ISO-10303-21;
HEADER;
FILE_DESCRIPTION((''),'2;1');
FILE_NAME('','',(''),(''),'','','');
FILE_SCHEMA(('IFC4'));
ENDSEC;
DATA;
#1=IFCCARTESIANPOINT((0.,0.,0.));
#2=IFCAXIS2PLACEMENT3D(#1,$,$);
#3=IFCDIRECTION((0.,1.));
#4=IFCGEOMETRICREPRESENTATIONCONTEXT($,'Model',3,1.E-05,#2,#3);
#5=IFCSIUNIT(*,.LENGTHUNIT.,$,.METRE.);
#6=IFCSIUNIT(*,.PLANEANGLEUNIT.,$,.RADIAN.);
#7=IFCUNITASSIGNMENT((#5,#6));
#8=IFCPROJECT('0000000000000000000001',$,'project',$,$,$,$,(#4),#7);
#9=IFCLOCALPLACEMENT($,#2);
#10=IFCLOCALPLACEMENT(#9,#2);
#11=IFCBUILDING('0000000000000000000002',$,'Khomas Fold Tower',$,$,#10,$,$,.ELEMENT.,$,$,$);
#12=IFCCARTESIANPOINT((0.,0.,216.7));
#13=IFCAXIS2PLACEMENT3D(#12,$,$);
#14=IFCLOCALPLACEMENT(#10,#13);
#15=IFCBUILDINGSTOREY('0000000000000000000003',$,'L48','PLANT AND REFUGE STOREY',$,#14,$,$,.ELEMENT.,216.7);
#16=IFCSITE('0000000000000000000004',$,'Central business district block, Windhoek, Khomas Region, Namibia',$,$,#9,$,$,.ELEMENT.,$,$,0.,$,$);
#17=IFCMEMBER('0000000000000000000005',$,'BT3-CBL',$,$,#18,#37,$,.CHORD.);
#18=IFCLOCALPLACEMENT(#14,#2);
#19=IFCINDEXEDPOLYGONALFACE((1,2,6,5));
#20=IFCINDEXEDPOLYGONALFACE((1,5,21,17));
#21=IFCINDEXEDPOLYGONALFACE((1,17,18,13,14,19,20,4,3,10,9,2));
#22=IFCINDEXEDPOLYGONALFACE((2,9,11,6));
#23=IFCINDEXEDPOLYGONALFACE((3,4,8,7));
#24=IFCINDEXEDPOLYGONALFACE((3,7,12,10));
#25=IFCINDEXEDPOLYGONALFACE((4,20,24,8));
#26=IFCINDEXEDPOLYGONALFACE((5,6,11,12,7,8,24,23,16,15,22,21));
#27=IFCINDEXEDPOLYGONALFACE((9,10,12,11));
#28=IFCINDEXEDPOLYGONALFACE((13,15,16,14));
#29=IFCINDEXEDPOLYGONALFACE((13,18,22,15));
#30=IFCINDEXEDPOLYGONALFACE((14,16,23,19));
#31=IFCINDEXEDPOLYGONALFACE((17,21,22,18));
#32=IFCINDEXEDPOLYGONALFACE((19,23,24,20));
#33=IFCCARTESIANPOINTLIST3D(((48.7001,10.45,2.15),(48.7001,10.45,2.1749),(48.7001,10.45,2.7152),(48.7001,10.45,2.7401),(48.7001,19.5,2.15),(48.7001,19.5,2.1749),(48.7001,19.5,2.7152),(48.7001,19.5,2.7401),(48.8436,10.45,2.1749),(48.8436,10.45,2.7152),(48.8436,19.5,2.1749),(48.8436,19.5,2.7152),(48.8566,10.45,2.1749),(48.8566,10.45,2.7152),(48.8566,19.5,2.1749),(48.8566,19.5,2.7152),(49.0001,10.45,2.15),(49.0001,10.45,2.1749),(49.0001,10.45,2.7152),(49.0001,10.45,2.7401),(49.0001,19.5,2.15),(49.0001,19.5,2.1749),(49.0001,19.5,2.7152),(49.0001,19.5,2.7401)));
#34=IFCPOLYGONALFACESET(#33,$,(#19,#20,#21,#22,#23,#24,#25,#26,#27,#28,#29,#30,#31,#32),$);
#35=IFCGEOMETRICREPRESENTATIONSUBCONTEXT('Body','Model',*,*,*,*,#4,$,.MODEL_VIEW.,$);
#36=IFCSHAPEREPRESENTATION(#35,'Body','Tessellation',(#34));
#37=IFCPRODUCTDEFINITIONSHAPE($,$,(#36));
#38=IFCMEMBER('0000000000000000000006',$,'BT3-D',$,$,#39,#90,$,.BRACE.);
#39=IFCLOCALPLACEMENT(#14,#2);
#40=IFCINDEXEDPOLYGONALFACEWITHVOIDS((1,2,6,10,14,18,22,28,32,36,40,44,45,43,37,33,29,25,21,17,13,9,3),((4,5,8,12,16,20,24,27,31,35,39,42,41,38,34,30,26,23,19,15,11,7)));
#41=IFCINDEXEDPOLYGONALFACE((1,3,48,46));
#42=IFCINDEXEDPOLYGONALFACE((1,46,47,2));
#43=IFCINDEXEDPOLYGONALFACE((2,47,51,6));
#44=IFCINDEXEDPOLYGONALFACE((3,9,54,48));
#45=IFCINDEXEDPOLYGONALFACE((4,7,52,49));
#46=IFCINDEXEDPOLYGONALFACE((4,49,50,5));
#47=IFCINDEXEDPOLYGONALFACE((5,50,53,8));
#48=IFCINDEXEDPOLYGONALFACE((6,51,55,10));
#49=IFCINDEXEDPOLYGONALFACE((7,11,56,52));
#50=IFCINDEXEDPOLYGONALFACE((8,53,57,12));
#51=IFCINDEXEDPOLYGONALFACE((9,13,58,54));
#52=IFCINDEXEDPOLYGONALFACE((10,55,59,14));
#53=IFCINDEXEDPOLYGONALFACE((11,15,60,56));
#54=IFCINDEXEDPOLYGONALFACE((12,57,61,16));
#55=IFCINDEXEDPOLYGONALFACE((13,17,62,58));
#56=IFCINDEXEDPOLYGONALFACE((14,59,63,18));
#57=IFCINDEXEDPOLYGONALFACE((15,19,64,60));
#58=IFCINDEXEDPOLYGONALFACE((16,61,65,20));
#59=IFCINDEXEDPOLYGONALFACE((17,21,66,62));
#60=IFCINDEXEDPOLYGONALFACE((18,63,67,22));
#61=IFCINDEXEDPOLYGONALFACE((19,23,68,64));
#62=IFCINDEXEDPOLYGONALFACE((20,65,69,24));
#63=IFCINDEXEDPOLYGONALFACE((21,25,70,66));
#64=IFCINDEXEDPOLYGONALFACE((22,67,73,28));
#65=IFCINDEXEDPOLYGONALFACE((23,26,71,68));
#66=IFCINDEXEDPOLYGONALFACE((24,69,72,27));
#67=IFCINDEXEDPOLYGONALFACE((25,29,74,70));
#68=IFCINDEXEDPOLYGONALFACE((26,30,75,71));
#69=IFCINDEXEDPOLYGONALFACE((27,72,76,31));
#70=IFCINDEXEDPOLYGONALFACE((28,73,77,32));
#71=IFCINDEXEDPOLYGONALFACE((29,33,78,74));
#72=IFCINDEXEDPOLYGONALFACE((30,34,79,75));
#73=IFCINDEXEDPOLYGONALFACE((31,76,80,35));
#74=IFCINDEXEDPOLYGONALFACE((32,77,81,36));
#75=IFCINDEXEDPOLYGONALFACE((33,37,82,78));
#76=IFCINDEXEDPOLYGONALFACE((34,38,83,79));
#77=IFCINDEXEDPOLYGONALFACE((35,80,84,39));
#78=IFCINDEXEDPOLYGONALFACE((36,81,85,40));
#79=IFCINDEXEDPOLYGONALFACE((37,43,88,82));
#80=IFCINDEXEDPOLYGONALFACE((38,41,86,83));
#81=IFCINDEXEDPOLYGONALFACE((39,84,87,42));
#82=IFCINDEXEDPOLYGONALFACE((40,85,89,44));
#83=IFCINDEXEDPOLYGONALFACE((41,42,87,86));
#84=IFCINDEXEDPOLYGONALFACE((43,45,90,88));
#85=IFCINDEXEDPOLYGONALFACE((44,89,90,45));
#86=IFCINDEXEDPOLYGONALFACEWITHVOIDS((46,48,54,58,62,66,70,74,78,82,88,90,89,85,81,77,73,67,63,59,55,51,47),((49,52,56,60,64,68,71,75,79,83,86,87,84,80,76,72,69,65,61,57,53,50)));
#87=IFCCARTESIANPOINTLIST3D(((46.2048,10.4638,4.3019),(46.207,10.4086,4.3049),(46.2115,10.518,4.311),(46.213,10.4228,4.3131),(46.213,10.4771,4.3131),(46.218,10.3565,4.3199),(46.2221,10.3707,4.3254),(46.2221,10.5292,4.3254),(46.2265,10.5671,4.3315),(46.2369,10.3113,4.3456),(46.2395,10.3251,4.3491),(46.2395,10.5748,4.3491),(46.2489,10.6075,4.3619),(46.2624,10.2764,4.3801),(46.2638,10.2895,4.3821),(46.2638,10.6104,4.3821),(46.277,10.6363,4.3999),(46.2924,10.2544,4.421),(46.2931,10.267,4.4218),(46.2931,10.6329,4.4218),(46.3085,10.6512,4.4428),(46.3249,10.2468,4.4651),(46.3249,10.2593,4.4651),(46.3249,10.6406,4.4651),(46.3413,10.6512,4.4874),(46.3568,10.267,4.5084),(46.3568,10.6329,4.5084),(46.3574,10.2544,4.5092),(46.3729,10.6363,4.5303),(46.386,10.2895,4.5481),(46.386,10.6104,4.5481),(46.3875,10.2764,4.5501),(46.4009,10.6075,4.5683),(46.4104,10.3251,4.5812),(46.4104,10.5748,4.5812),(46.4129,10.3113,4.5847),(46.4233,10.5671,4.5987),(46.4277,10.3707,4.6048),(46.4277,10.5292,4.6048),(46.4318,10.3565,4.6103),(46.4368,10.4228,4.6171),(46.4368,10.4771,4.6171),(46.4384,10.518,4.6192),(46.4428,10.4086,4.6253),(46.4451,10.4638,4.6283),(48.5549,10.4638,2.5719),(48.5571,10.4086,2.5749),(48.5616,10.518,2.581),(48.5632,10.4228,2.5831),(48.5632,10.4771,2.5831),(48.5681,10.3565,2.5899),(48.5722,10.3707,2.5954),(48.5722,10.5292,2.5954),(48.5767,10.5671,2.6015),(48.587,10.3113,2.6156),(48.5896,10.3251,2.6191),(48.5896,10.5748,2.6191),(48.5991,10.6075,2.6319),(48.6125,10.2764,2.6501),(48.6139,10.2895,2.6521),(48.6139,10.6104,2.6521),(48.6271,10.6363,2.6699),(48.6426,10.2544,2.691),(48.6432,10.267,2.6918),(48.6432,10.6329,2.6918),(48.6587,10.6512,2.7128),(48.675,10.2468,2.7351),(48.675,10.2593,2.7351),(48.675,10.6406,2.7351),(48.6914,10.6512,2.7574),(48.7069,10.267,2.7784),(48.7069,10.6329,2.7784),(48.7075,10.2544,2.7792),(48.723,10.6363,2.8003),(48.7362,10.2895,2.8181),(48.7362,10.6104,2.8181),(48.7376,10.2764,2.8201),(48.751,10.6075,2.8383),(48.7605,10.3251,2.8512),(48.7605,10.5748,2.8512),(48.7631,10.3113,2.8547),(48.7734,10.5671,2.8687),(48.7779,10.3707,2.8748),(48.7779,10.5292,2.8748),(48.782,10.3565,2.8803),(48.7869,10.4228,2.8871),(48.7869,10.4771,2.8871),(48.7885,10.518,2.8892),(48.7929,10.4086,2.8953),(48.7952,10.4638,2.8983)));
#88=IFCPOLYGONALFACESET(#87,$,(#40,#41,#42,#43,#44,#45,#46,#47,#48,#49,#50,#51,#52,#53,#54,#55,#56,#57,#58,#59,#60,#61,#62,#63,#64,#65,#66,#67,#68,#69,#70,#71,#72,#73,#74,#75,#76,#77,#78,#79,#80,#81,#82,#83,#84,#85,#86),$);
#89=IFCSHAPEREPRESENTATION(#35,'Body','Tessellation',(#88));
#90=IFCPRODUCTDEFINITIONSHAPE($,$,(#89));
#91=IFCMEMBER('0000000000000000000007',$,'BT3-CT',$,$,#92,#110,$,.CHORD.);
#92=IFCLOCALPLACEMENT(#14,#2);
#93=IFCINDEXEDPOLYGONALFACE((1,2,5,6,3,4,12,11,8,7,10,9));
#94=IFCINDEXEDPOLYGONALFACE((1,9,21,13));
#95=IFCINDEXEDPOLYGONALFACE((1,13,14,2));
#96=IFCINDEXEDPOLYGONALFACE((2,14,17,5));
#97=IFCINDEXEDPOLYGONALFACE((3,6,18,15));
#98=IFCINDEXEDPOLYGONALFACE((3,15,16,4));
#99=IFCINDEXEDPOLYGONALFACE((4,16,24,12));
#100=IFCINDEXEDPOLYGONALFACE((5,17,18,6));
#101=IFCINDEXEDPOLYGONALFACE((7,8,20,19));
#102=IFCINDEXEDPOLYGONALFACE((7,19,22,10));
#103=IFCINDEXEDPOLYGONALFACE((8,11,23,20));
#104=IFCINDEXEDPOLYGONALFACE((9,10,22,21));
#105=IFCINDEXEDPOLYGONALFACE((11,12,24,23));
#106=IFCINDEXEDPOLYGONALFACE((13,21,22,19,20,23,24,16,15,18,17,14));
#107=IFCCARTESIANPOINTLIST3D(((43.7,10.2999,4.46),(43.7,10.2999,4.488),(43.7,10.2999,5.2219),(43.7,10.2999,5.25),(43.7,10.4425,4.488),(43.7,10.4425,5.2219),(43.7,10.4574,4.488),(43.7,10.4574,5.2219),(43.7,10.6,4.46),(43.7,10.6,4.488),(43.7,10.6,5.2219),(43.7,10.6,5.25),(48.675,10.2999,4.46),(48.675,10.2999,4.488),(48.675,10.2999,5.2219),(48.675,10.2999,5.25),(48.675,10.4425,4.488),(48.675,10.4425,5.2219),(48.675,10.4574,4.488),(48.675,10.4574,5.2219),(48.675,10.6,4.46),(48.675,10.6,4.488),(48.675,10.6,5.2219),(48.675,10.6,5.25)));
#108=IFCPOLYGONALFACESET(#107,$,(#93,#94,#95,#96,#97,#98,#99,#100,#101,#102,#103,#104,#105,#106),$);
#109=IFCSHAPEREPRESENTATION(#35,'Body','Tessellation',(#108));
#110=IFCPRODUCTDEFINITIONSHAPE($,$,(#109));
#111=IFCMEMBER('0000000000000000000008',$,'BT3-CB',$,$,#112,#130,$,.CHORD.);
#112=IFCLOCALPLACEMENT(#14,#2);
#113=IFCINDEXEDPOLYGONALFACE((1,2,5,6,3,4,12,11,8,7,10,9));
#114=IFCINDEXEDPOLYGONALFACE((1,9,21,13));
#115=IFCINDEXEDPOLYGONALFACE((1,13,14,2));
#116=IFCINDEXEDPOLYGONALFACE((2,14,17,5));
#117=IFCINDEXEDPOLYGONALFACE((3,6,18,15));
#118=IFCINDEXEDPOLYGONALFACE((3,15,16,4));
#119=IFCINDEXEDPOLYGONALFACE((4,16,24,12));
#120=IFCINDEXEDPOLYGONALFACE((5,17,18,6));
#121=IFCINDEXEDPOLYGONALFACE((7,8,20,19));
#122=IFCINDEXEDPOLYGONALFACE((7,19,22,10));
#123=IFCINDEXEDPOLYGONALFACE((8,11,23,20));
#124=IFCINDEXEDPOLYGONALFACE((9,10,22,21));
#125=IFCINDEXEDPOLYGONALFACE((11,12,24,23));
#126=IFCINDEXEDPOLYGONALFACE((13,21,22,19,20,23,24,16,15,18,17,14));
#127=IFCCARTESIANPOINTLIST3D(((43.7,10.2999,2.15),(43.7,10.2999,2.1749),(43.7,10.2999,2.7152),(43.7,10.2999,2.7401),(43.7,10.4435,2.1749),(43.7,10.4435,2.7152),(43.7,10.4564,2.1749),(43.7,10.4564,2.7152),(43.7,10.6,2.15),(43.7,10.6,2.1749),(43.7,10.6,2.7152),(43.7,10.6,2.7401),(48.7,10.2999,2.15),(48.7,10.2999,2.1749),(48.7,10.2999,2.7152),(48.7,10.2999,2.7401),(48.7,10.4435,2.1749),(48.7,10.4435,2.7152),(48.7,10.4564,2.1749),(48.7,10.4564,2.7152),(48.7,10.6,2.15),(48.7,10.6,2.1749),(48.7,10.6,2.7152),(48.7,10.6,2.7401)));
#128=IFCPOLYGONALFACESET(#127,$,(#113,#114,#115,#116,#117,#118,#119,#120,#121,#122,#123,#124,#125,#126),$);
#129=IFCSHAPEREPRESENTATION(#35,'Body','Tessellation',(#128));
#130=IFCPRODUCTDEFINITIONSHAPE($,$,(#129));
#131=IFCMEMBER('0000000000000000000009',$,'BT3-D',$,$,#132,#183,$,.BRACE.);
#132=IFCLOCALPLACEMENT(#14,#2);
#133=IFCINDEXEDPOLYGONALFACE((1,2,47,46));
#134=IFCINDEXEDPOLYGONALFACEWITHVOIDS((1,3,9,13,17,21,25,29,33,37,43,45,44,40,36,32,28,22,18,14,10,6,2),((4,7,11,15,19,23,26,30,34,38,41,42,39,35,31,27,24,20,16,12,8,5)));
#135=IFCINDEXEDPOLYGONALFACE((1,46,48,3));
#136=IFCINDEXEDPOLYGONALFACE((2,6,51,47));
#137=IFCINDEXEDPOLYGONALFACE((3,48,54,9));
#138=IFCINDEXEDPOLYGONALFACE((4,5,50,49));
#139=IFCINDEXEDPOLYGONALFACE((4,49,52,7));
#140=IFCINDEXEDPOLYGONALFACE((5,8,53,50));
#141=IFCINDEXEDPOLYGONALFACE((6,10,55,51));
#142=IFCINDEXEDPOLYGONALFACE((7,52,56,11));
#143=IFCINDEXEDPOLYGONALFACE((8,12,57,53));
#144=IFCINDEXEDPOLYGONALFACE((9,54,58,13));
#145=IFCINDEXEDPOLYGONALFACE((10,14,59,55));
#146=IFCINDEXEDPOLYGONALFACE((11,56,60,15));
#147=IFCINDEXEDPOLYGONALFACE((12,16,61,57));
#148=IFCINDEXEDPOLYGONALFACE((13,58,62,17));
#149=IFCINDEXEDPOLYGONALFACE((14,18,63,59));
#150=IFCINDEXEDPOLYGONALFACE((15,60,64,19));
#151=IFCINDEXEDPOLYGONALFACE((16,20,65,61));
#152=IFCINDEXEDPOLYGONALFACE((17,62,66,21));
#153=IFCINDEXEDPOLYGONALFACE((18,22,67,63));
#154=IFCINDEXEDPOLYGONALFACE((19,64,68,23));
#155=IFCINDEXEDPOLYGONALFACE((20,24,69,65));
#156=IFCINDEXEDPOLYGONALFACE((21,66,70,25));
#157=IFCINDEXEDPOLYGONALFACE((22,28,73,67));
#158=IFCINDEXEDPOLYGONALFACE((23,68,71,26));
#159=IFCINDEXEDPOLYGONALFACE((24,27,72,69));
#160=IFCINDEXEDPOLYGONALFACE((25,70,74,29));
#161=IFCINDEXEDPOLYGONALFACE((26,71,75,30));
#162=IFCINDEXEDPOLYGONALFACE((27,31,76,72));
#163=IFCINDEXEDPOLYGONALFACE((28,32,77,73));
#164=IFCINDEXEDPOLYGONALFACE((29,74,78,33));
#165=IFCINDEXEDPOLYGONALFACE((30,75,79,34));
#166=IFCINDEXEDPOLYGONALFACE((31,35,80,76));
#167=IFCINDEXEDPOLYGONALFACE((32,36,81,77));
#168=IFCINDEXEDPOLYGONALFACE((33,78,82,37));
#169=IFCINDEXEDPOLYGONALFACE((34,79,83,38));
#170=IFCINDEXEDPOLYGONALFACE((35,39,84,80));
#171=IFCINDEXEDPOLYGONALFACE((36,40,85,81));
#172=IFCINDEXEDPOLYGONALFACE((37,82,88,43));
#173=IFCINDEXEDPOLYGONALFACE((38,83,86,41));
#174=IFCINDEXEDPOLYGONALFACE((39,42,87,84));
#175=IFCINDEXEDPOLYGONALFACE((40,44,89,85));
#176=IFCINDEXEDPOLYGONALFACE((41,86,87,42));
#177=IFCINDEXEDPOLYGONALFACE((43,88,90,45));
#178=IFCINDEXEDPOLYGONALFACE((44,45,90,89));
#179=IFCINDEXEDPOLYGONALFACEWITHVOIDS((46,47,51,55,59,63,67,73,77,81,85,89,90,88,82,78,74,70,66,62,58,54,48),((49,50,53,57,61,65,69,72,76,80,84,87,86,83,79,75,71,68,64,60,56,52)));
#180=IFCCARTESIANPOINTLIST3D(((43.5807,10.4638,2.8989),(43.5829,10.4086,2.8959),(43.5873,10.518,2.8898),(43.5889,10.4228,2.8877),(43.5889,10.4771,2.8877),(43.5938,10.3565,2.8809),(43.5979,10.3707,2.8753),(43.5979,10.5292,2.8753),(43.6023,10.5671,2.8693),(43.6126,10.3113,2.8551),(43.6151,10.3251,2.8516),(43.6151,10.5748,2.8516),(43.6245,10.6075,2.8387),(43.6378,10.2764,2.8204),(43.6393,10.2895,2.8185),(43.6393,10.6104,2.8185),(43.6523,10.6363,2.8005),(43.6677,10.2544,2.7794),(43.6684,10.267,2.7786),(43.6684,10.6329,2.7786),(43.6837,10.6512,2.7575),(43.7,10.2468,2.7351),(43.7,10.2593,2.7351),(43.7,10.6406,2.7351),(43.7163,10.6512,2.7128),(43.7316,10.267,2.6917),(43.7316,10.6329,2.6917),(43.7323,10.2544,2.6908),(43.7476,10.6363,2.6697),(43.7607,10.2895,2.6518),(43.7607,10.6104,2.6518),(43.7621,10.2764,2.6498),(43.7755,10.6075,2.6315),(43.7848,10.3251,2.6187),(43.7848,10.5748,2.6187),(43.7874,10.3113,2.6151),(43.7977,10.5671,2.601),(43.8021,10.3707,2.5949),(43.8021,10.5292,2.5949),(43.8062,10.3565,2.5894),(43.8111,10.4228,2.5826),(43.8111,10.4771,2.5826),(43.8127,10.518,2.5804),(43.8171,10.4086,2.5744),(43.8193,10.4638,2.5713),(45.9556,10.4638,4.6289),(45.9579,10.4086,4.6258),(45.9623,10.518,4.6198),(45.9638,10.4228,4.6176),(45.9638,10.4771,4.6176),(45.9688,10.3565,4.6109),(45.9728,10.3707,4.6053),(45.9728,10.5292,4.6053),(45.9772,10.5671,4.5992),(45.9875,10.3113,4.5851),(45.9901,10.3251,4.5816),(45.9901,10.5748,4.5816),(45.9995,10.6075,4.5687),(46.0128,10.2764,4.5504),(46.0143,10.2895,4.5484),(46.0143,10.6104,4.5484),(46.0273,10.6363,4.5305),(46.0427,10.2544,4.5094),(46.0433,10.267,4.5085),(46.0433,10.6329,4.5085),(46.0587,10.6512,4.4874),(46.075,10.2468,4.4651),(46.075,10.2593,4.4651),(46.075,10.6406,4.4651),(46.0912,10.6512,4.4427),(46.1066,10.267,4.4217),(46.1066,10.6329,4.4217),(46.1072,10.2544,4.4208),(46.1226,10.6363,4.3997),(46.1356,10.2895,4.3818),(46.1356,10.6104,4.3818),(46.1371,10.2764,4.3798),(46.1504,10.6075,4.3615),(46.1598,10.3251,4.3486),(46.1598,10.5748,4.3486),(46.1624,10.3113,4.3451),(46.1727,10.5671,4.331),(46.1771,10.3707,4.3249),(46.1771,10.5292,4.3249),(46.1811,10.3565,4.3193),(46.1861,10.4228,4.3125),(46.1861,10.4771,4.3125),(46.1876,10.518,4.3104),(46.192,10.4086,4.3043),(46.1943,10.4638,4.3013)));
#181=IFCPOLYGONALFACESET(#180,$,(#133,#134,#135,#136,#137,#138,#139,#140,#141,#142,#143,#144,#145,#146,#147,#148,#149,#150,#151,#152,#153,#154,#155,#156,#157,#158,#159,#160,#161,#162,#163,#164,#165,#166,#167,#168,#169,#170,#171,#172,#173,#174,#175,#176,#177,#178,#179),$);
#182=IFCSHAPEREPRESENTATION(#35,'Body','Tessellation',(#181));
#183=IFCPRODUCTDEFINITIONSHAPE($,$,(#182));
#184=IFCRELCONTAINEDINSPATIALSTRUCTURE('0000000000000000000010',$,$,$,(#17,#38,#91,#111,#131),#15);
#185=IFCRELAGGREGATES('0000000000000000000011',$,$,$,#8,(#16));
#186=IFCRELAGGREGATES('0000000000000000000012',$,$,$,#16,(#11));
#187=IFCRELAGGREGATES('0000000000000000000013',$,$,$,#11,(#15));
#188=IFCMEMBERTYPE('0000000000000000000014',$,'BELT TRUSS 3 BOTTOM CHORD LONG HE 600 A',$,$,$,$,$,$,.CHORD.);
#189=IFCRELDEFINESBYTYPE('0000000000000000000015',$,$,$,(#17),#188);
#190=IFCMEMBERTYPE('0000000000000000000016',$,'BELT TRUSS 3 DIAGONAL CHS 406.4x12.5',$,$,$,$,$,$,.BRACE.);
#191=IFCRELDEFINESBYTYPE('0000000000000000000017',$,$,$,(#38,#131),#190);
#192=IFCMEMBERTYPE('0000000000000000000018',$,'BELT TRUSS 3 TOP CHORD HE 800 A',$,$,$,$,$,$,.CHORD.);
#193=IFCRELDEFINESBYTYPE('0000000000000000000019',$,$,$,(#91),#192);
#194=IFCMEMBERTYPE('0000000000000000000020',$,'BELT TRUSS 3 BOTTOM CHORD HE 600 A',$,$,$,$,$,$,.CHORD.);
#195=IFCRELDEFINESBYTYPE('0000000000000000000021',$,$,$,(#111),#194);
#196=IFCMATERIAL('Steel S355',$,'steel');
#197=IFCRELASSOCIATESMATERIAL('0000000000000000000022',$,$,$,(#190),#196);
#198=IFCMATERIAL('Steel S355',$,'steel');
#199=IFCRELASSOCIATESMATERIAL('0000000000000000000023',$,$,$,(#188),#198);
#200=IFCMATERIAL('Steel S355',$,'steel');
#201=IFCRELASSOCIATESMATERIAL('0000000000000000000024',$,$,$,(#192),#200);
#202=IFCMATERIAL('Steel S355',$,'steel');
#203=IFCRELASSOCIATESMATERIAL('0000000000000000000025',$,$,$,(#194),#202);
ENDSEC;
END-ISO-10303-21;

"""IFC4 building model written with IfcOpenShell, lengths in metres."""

from ifc_helpers import new_model, si_unit, direction, frame, origin, origin_2d, place, context, subcontext, project, spatial, hollow_circle, i_section, extrude, source, transform, mapped, material, material_profile, profile_set, type_object, element, save


model = new_model("IFC4")

# Units and contexts
model_context = context("Model", 3, precision=1e-05, world=origin(), true_north=direction((0.0, 1.0)))
body_context = subcontext(model_context, "Body", "Model", "MODEL_VIEW")
ifc_project = project(units=[si_unit("LENGTHUNIT", "METRE"), si_unit("PLANEANGLEUNIT", "RADIAN")], contexts=[model_context])

# Site, building, storey
site_placement = place(None, origin())
site = spatial("IfcSite", under=ifc_project, at=site_placement, Name="Central business district block, Windhoek, Khomas Region, Namibia", CompositionType="ELEMENT", RefElevation=0.0)
building_placement = place(site_placement, origin())
building = spatial("IfcBuilding", under=site, at=building_placement, Name="Khomas Fold Tower", CompositionType="ELEMENT")
storey_placement = place(building_placement, frame((0.0, 0.0, 216.7)))
storey = spatial("IfcBuildingStorey", under=building, at=storey_placement, Name="L48", Description="PLANT AND REFUGE STOREY", CompositionType="ELEMENT", Elevation=216.7)

# Members
ifc_material_1 = material(Name="Steel S355", Category="steel")
ifc_material_profile_1 = material_profile(ifc_material_1, hollow_circle(Radius=0.2031, WallThickness=0.0125, at=origin_2d()), Name="CHS 406.4x12.5")
ifc_profile_set_1 = profile_set([ifc_material_profile_1], Name="Steel S355")
member_type_1 = type_object("IfcMemberType", Name="BELT TRUSS 3 DIAGONAL CHS 406.4x12.5", PredefinedType="BRACE", material=ifc_profile_set_1)
ifc_material_2 = material(Name="Steel S355", Category="steel")
ifc_material_profile_2 = material_profile(ifc_material_2, i_section(OverallWidth=0.3, OverallDepth=0.5901, WebThickness=0.0129, FlangeThickness=0.0249, at=origin_2d()), Name="HE 600 A")
ifc_profile_set_2 = profile_set([ifc_material_profile_2], Name="Steel S355")
member_type_2 = type_object("IfcMemberType", Name="BELT TRUSS 3 BOTTOM CHORD LONG HE 600 A", PredefinedType="CHORD", material=ifc_profile_set_2)
shared_shape_1 = source(origin(), body_context, "Body", "SweptSolid", [
    extrude(i_section(OverallWidth=0.3, OverallDepth=0.5901, WebThickness=0.0129, FlangeThickness=0.0249, at=origin_2d()), origin(), (0.0, 0.0, 1.0), 9.05),
])
member_1_placement = place(storey_placement, frame((48.8501, 10.45, 2.4451), z_axis=(0.0, 1.0, 0.0), x_axis=(-1.0, 0.0, 0.0)))
element("IfcMember", 1, at=member_1_placement, inside=storey, type_object=member_type_2, Name="BT3-CBL", PredefinedType="CHORD", context=body_context, shape_type="MappedRepresentation", body=[
    mapped(shared_shape_1, transform((0.0, 0.0, 0.0))),
])
shared_shape_2 = source(origin(), body_context, "Body", "SweptSolid", [
    extrude(hollow_circle(Radius=0.2031, WallThickness=0.0125, at=origin_2d()), origin(), (0.0, 0.0, 1.0), 2.9182),
])
member_2_placement = place(storey_placement, frame((48.675, 10.45, 2.7351), z_axis=(-0.805329, 0.0, 0.592828), x_axis=(0.0, -1.0, 0.0)))
element("IfcMember", 2, at=member_2_placement, inside=storey, type_object=member_type_1, Name="BT3-D", PredefinedType="BRACE", context=body_context, shape_type="MappedRepresentation", body=[
    mapped(shared_shape_2, transform((0.0, 0.0, 0.0))),
])
ifc_material_3 = material(Name="Steel S355", Category="steel")
ifc_material_profile_3 = material_profile(ifc_material_3, i_section(OverallWidth=0.3, OverallDepth=0.79, WebThickness=0.0149, FlangeThickness=0.0281, at=origin_2d()), Name="HE 800 A")
ifc_profile_set_3 = profile_set([ifc_material_profile_3], Name="Steel S355")
member_type_3 = type_object("IfcMemberType", Name="BELT TRUSS 3 TOP CHORD HE 800 A", PredefinedType="CHORD", material=ifc_profile_set_3)
shared_shape_3 = source(origin(), body_context, "Body", "SweptSolid", [
    extrude(i_section(OverallWidth=0.3, OverallDepth=0.79, WebThickness=0.0149, FlangeThickness=0.0281, at=origin_2d()), origin(), (0.0, 0.0, 1.0), 4.9751),
])
member_3_placement = place(storey_placement, frame((48.675, 10.45, 4.855), z_axis=(-1.0, 0.0, 0.0), x_axis=(0.0, -1.0, 0.0)))
element("IfcMember", 3, at=member_3_placement, inside=storey, type_object=member_type_3, Name="BT3-CT", PredefinedType="CHORD", context=body_context, shape_type="MappedRepresentation", body=[
    mapped(shared_shape_3, transform((0.0, 0.0, 0.0))),
])
ifc_material_4 = material(Name="Steel S355", Category="steel")
ifc_material_profile_4 = material_profile(ifc_material_4, i_section(OverallWidth=0.3, OverallDepth=0.5901, WebThickness=0.0129, FlangeThickness=0.0249, at=origin_2d()), Name="HE 600 A")
ifc_profile_set_4 = profile_set([ifc_material_profile_4], Name="Steel S355")
member_type_4 = type_object("IfcMemberType", Name="BELT TRUSS 3 BOTTOM CHORD HE 600 A", PredefinedType="CHORD", material=ifc_profile_set_4)
shared_shape_4 = source(origin(), body_context, "Body", "SweptSolid", [
    extrude(i_section(OverallWidth=0.3, OverallDepth=0.5901, WebThickness=0.0129, FlangeThickness=0.0249, at=origin_2d()), origin(), (0.0, 0.0, 1.0), 5.0),
])
member_4_placement = place(storey_placement, frame((48.7, 10.45, 2.4451), z_axis=(-1.0, 0.0, 0.0), x_axis=(0.0, -1.0, 0.0)))
element("IfcMember", 4, at=member_4_placement, inside=storey, type_object=member_type_4, Name="BT3-CB", PredefinedType="CHORD", context=body_context, shape_type="MappedRepresentation", body=[
    mapped(shared_shape_4, transform((0.0, 0.0, 0.0))),
])
shared_shape_5 = source(origin(), body_context, "Body", "SweptSolid", [
    extrude(hollow_circle(Radius=0.2031, WallThickness=0.0125, at=origin_2d()), origin(), (0.0, 0.0, 1.0), 2.9382),
])
member_5_placement = place(storey_placement, frame((46.075, 10.45, 4.4651), z_axis=(-0.808298, 0.0, -0.588774), x_axis=(0.0, -1.0, 0.0)))
element("IfcMember", 5, at=member_5_placement, inside=storey, type_object=member_type_1, Name="BT3-D", PredefinedType="BRACE", context=body_context, shape_type="MappedRepresentation", body=[
    mapped(shared_shape_5, transform((0.0, 0.0, 0.0))),
])

save(model, "model.ifc")
